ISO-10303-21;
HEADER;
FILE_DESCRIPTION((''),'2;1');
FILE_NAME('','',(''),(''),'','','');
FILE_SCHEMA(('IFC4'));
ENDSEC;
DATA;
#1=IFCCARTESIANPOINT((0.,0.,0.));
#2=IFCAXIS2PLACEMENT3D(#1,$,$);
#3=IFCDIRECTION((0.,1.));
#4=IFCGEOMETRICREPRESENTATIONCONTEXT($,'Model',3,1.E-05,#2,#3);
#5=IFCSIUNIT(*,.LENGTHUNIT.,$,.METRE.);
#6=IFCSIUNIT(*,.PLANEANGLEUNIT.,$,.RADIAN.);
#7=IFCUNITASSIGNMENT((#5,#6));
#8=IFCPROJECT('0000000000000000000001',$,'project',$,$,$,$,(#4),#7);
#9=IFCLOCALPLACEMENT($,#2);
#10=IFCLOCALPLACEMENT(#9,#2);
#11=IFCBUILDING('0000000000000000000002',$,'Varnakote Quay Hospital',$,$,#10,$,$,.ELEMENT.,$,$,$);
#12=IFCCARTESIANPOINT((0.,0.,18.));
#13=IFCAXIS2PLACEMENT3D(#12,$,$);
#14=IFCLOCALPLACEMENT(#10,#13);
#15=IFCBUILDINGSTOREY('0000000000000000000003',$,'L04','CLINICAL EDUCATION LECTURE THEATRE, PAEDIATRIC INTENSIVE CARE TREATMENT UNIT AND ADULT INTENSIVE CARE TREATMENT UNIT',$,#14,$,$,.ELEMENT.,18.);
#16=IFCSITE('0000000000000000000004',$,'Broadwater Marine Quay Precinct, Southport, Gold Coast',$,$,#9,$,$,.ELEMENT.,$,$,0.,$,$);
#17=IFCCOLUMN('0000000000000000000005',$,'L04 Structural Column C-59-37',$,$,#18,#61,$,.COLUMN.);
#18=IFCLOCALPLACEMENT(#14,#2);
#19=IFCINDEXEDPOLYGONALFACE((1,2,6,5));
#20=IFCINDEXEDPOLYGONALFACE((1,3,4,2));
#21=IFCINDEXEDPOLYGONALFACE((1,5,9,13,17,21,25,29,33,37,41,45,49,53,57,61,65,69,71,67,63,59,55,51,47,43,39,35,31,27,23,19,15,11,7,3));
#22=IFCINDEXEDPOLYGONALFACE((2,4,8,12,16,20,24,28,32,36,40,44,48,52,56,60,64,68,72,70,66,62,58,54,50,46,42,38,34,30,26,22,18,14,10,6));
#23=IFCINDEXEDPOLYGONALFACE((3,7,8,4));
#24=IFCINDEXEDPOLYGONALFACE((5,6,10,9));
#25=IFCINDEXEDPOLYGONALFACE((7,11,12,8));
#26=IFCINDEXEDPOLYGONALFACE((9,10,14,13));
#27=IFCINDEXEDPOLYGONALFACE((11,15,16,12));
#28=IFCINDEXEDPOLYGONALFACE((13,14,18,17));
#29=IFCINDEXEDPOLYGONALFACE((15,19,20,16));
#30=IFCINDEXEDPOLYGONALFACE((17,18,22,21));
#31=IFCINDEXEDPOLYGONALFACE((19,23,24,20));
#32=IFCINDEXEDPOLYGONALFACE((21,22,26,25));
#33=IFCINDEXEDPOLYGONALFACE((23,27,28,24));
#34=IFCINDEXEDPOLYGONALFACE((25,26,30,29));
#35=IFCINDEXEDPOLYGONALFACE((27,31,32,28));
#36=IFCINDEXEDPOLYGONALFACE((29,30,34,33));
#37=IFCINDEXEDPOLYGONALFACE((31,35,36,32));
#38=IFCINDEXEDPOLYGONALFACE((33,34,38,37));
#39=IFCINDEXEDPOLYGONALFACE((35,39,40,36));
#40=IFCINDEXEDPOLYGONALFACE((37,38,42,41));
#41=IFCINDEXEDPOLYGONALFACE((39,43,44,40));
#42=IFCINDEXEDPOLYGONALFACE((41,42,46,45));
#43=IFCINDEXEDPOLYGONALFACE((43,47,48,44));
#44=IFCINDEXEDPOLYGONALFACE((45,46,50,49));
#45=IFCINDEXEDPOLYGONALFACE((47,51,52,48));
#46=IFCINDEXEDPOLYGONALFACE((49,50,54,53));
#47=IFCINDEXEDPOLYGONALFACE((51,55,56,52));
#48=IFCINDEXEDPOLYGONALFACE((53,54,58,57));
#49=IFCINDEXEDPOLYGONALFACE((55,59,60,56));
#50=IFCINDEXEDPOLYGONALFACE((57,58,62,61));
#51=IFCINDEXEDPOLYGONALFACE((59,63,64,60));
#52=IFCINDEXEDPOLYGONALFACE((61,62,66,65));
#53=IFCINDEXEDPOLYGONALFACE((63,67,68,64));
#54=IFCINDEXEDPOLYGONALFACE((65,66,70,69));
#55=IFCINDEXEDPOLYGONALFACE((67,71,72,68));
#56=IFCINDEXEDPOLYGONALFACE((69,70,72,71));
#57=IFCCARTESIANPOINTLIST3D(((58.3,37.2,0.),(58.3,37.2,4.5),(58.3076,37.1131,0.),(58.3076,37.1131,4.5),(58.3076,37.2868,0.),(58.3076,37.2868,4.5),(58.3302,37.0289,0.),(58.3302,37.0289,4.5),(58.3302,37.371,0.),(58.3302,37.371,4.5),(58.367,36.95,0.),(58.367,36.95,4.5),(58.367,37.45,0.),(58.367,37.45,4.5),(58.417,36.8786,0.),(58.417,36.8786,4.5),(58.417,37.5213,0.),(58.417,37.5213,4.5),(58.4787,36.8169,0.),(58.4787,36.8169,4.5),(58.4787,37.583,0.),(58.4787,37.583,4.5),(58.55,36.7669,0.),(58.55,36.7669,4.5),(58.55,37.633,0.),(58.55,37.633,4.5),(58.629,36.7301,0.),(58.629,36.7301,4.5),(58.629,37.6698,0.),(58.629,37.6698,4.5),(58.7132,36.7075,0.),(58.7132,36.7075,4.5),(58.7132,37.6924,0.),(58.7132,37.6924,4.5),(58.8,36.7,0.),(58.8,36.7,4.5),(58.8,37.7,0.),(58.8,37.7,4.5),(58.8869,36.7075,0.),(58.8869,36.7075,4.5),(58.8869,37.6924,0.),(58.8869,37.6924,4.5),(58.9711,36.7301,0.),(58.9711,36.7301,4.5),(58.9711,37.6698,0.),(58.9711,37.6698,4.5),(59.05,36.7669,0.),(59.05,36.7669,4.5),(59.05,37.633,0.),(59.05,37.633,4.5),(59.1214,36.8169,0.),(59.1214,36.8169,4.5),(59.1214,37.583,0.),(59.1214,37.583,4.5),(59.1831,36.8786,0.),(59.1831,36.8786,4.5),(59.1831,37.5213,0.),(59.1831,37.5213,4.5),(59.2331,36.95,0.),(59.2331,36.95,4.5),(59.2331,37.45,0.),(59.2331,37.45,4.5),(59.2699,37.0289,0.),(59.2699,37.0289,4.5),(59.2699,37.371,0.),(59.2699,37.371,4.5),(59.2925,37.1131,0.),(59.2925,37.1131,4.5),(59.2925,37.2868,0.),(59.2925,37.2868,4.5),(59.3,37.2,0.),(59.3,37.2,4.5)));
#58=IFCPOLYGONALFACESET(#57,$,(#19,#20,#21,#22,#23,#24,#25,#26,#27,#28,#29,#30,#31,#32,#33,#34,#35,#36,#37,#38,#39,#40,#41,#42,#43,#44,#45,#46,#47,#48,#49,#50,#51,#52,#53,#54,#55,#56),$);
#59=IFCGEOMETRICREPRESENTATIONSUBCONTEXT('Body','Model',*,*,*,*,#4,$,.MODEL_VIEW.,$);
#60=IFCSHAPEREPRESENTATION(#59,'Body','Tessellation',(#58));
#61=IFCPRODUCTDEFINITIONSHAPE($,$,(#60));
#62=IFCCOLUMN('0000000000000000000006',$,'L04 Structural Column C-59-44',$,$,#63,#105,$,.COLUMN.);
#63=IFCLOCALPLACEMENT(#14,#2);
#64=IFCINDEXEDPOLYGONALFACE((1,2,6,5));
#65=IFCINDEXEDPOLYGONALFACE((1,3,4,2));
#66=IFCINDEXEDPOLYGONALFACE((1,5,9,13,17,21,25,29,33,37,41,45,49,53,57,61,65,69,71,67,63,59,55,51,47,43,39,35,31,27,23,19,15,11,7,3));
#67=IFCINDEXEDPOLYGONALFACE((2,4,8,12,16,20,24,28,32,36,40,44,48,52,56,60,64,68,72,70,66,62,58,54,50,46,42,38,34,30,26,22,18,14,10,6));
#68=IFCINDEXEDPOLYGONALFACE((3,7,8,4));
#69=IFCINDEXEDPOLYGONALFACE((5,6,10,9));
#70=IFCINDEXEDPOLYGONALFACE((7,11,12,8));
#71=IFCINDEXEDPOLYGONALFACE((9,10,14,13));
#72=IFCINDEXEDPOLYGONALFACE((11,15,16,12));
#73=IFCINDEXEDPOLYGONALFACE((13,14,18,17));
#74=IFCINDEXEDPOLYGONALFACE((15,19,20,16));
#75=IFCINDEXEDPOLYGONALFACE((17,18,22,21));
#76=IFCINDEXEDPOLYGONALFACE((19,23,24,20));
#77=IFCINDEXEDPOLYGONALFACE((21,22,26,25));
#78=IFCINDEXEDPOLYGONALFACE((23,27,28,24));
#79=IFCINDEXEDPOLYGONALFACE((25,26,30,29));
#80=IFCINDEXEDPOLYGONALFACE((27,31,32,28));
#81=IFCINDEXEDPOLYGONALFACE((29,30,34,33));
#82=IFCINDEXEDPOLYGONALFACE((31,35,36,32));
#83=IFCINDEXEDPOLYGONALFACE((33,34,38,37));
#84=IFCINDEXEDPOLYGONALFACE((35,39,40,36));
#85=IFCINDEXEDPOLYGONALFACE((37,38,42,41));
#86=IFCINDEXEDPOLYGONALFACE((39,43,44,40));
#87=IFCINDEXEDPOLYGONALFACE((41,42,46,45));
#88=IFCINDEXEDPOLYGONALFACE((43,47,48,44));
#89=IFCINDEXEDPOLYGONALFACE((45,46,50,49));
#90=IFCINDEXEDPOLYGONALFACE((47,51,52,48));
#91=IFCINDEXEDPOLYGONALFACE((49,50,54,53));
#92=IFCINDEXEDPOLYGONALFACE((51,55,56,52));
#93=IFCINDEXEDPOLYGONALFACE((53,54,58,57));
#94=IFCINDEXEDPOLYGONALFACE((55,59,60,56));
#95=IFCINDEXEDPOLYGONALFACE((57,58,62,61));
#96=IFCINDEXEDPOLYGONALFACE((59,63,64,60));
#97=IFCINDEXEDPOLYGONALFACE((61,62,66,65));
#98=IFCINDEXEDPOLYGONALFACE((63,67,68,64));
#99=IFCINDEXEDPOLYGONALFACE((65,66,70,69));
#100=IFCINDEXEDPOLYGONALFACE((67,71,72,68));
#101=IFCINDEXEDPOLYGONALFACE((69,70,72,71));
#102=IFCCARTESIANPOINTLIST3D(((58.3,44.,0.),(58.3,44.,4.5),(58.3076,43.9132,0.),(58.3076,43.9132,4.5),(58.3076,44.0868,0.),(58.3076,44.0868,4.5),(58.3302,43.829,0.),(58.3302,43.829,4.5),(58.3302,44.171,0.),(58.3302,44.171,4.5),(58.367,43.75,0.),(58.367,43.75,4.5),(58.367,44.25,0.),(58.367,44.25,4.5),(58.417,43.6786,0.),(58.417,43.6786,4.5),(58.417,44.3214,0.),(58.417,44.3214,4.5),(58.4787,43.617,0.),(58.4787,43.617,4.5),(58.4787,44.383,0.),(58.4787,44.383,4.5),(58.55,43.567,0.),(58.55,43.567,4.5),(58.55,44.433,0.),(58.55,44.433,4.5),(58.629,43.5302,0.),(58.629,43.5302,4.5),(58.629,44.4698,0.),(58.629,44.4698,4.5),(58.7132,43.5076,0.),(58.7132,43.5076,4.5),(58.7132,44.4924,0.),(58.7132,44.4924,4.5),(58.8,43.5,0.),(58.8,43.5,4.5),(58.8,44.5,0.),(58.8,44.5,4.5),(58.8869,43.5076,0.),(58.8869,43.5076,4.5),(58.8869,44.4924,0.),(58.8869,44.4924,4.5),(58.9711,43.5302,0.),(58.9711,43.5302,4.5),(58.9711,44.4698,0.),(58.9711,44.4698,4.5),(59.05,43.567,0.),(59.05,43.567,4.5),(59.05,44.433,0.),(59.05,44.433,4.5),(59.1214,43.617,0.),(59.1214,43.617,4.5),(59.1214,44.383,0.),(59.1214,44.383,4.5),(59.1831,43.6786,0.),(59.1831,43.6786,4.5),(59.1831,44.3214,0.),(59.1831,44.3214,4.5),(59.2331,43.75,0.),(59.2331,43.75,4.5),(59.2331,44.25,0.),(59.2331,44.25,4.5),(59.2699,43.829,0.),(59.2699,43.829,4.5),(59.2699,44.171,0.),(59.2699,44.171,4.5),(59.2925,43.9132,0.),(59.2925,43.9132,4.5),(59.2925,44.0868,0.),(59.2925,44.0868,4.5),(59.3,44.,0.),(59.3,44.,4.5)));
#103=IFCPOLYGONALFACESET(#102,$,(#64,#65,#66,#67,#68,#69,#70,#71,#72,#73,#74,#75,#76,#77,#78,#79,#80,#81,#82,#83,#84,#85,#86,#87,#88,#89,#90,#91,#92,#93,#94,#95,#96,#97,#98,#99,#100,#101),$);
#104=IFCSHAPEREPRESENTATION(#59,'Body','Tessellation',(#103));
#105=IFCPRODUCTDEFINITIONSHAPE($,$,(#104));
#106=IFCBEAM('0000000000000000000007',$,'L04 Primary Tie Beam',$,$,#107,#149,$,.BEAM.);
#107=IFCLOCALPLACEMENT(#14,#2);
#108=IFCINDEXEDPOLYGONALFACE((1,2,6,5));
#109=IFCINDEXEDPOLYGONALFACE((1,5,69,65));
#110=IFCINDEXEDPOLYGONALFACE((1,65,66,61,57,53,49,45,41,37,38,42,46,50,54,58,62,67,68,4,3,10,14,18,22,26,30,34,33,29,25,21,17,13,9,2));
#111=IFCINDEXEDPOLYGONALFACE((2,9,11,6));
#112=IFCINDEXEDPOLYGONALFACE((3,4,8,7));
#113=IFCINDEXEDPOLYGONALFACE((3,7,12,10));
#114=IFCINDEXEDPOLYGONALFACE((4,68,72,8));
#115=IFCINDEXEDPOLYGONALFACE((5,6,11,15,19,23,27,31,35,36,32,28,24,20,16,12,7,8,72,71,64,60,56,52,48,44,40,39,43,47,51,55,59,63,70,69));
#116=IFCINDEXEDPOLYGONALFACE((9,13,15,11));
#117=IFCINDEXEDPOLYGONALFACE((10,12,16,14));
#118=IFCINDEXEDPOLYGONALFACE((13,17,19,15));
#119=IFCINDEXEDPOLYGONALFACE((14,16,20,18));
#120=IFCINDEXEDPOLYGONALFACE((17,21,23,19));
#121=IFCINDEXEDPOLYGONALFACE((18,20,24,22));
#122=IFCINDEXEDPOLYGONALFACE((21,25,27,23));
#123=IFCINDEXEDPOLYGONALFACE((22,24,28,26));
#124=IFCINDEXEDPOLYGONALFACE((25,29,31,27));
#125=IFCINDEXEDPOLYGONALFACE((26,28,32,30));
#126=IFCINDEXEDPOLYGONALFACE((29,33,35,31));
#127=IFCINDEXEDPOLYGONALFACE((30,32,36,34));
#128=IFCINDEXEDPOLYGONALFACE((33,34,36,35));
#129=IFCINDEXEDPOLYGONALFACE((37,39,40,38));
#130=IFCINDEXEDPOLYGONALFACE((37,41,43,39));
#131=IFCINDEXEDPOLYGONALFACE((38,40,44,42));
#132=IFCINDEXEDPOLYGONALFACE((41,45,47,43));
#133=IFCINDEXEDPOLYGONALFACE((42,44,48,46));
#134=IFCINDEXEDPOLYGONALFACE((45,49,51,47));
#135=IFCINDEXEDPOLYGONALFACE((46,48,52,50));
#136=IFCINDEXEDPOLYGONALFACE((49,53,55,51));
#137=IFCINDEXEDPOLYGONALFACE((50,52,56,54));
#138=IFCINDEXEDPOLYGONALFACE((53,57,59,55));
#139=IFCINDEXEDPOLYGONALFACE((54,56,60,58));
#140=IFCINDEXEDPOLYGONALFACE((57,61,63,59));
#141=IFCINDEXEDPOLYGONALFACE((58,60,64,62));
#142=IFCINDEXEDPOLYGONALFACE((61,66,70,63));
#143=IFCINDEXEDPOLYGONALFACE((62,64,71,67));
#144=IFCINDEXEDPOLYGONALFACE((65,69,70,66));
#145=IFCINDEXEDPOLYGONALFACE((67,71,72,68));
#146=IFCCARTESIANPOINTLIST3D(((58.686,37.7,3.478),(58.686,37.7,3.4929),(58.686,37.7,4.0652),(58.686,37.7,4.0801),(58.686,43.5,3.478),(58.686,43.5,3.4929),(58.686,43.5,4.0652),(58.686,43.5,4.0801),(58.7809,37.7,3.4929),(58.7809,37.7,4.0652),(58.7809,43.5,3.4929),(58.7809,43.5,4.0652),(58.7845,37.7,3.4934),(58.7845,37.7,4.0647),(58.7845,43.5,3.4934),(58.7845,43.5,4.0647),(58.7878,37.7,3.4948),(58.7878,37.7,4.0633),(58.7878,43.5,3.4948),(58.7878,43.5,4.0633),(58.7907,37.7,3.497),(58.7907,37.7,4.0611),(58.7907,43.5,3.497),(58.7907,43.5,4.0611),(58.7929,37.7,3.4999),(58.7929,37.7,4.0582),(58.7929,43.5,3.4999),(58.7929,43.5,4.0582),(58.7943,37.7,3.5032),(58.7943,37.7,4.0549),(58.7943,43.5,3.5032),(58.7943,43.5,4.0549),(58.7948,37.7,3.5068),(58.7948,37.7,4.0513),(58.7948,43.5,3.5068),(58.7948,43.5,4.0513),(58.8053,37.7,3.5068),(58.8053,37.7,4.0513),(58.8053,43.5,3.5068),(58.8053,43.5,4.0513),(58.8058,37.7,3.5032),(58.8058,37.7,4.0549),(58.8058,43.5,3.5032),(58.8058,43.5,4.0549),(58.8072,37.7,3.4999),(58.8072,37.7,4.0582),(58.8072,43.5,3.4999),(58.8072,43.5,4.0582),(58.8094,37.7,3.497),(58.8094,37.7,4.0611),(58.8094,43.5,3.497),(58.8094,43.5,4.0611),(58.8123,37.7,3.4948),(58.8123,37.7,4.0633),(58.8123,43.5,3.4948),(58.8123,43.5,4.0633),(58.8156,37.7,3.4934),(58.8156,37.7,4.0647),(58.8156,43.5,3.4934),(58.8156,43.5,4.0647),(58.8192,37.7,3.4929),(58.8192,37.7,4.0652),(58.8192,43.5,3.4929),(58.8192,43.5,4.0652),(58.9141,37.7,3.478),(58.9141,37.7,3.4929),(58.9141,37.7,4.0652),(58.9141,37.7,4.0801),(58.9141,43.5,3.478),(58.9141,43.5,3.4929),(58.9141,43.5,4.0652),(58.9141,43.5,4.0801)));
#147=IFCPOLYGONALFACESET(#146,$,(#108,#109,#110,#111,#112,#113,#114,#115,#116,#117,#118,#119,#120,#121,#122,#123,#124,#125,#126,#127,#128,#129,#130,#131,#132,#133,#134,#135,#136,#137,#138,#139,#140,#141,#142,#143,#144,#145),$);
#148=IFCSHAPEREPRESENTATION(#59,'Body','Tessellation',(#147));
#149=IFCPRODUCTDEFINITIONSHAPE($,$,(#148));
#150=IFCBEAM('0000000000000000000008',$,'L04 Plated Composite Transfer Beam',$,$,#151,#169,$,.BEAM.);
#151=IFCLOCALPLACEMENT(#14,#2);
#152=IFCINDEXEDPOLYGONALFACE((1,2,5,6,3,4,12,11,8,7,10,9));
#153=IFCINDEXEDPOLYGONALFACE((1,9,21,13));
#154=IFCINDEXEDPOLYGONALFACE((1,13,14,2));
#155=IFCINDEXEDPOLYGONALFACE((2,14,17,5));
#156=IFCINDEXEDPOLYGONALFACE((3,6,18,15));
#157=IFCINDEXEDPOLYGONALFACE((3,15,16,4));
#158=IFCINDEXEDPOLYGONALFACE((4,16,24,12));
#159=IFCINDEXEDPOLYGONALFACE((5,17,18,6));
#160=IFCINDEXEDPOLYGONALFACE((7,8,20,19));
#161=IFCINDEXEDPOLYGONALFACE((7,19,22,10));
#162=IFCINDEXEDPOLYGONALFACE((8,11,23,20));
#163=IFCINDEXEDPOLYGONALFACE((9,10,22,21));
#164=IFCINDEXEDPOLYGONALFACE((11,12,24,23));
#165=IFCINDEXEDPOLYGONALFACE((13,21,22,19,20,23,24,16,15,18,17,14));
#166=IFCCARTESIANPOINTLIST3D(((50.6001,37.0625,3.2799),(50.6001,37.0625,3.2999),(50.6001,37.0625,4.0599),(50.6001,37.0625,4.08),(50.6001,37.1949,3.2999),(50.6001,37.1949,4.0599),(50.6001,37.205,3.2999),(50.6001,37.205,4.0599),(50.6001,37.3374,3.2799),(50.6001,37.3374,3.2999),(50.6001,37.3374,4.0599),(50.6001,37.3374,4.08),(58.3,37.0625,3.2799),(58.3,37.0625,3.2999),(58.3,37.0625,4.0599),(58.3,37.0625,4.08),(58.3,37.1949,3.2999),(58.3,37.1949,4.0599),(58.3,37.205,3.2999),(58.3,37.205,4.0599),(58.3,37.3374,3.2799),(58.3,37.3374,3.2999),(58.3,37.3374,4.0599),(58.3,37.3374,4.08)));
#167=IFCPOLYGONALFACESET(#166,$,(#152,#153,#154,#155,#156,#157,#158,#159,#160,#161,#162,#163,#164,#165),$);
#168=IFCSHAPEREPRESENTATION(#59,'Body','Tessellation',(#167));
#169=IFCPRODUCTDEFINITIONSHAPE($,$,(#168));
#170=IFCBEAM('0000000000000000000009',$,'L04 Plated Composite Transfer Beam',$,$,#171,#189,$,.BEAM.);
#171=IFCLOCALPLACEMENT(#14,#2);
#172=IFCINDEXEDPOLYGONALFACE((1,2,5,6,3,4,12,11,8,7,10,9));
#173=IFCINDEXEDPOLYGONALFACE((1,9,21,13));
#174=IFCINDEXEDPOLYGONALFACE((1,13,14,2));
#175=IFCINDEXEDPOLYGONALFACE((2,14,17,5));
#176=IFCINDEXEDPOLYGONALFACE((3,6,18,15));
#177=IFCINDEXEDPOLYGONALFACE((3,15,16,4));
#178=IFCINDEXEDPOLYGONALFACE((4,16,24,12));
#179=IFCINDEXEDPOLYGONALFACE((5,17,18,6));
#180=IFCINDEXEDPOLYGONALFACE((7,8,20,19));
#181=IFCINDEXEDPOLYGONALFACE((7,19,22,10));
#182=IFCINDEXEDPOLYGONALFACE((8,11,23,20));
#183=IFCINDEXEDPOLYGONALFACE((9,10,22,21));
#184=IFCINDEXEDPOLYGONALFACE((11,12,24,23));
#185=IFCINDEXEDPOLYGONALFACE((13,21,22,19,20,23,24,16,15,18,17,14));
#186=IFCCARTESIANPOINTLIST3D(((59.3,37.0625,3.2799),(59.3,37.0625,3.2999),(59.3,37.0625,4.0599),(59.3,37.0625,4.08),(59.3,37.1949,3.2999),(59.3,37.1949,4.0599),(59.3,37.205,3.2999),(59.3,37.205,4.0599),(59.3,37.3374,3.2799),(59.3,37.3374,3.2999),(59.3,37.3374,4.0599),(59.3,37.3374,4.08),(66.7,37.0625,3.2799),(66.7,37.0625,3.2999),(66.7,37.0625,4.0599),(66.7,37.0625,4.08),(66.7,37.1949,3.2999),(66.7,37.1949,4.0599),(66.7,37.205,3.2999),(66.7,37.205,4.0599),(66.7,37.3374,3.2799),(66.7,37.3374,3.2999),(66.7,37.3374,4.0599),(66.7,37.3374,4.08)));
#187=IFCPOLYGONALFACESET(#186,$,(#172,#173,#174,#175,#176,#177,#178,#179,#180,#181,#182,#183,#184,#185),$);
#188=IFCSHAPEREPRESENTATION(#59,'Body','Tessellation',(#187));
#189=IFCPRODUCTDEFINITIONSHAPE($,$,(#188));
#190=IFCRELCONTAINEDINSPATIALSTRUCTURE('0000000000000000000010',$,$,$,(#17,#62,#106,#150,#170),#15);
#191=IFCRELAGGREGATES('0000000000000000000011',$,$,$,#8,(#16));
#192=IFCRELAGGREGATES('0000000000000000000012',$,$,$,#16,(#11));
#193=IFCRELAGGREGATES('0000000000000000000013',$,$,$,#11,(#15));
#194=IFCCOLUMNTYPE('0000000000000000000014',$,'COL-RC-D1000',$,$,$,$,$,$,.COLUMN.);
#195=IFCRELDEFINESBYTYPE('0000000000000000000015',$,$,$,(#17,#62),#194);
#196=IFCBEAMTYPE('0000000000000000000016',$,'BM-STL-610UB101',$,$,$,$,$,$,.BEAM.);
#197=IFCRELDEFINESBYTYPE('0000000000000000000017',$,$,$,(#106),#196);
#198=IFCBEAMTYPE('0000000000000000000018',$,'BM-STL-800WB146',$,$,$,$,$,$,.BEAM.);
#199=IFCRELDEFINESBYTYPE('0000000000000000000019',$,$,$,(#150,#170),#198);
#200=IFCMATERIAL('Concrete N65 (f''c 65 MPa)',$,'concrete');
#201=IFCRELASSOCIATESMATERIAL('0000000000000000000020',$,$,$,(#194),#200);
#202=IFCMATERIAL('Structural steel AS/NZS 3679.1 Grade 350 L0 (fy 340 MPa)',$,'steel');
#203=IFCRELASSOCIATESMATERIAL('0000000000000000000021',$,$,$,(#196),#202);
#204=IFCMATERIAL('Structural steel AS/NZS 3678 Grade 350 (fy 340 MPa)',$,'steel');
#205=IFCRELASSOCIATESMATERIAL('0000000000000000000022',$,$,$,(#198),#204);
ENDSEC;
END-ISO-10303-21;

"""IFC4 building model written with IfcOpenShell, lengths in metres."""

from ifc_helpers import new_model, si_unit, direction, frame, origin, origin_2d, place, context, subcontext, project, spatial, circle, i_section, extrude, material, material_profile, profile_set, type_object, element, save


model = new_model("IFC4")

# Units and contexts
model_context = context("Model", 3, precision=1e-05, world=origin(), true_north=direction((0.0, 1.0)))
body_context = subcontext(model_context, "Body", "Model", "MODEL_VIEW")
ifc_project = project(units=[si_unit("LENGTHUNIT", "METRE"), si_unit("PLANEANGLEUNIT", "RADIAN")], contexts=[model_context])

# Site, building, storey
site_placement = place(None, origin())
site = spatial("IfcSite", under=ifc_project, at=site_placement, Name="Broadwater Marine Quay Precinct, Southport, Gold Coast", CompositionType="ELEMENT", RefElevation=0.0)
building_placement = place(site_placement, origin())
building = spatial("IfcBuilding", under=site, at=building_placement, Name="Varnakote Quay Hospital", CompositionType="ELEMENT")
storey_placement = place(building_placement, frame((0.0, 0.0, 18.0)))
storey = spatial("IfcBuildingStorey", under=building, at=storey_placement, Name="L04", Description="CLINICAL EDUCATION LECTURE THEATRE, PAEDIATRIC INTENSIVE CARE TREATMENT UNIT AND ADULT INTENSIVE CARE TREATMENT UNIT", CompositionType="ELEMENT", Elevation=18.0)

# Columns
ifc_material_1 = material(Name="Concrete N65 (f'c 65 MPa)", Category="concrete")
ifc_material_profile_1 = material_profile(ifc_material_1, circle(Radius=0.5, at=origin_2d()), Name="RC-COL-D1000")
ifc_profile_set_1 = profile_set([ifc_material_profile_1], Name="Concrete N65 (f'c 65 MPa)")
column_type = type_object("IfcColumnType", Name="COL-RC-D1000", PredefinedType="COLUMN", material=ifc_profile_set_1)
for number, where, z_axis, x_axis, name in (
    (1, (58.8, 37.2, 0.0), (0.0, 0.0, 1.0), (1.0, 0.0, 0.0), "L04 Structural Column C-59-37"),
    (2, (58.8, 44.0, 0.0), (0.0, 0.0, 1.0), (1.0, 0.0, 0.0), "L04 Structural Column C-59-44"),
):
    element("IfcColumn", number, at=place(storey_placement, frame(where, z_axis=z_axis, x_axis=x_axis)), inside=storey, type_object=column_type, Name=name, PredefinedType="COLUMN", context=body_context, shape_type="SweptSolid", body=[
        extrude(circle(Radius=0.5, at=origin_2d()), origin(), (0.0, 0.0, 1.0), 4.5),
    ])

# Beams
ifc_material_2 = material(Name="Structural steel AS/NZS 3679.1 Grade 350 L0 (fy 340 MPa)", Category="steel")
ifc_material_profile_2 = material_profile(ifc_material_2, i_section(OverallWidth=0.228, OverallDepth=0.6021, WebThickness=0.0105, FlangeThickness=0.0149, FilletRadius=0.0139, at=origin_2d()), Name="610UB101")
ifc_profile_set_2 = profile_set([ifc_material_profile_2], Name="Structural steel AS/NZS 3679.1 Grade 350 L0 (fy 340 MPa)")
beam_type_1 = type_object("IfcBeamType", Name="BM-STL-610UB101", PredefinedType="BEAM", material=ifc_profile_set_2)
beam_1_placement = place(storey_placement, frame((58.8, 37.7, 3.7791), z_axis=(0.0, 1.0, 0.0), x_axis=(-1.0, 0.0, 0.0)))
element("IfcBeam", 3, at=beam_1_placement, inside=storey, type_object=beam_type_1, Name="L04 Primary Tie Beam", PredefinedType="BEAM", context=body_context, shape_type="SweptSolid", body=[
    extrude(i_section(OverallWidth=0.228, OverallDepth=0.6021, WebThickness=0.0105, FlangeThickness=0.0149, FilletRadius=0.0139, at=origin_2d()), origin(), (0.0, 0.0, 1.0), 5.8),
])
ifc_material_3 = material(Name="Structural steel AS/NZS 3678 Grade 350 (fy 340 MPa)", Category="steel")
ifc_material_profile_3 = material_profile(ifc_material_3, i_section(OverallWidth=0.2749, OverallDepth=0.8, WebThickness=0.01, FlangeThickness=0.02, at=origin_2d()), Name="800WB146")
ifc_profile_set_3 = profile_set([ifc_material_profile_3], Name="Structural steel AS/NZS 3678 Grade 350 (fy 340 MPa)")
beam_type_2 = type_object("IfcBeamType", Name="BM-STL-800WB146", PredefinedType="BEAM", material=ifc_profile_set_3)
beam_2_placement = place(storey_placement, frame((50.6001, 37.2, 3.6799), z_axis=(1.0, 0.0, 0.0), x_axis=(0.0, 1.0, 0.0)))
element("IfcBeam", 4, at=beam_2_placement, inside=storey, type_object=beam_type_2, Name="L04 Plated Composite Transfer Beam", PredefinedType="BEAM", context=body_context, shape_type="SweptSolid", body=[
    extrude(i_section(OverallWidth=0.2749, OverallDepth=0.8, WebThickness=0.01, FlangeThickness=0.02, at=origin_2d()), origin(), (0.0, 0.0, 1.0), 7.7),
])
beam_3_placement = place(storey_placement, frame((59.3, 37.2, 3.6799), z_axis=(1.0, 0.0, 0.0), x_axis=(0.0, 1.0, 0.0)))
element("IfcBeam", 5, at=beam_3_placement, inside=storey, type_object=beam_type_2, Name="L04 Plated Composite Transfer Beam", PredefinedType="BEAM", context=body_context, shape_type="SweptSolid", body=[
    extrude(i_section(OverallWidth=0.2749, OverallDepth=0.8, WebThickness=0.01, FlangeThickness=0.02, at=origin_2d()), origin(), (0.0, 0.0, 1.0), 7.3999),
])

save(model, "model.ifc")
